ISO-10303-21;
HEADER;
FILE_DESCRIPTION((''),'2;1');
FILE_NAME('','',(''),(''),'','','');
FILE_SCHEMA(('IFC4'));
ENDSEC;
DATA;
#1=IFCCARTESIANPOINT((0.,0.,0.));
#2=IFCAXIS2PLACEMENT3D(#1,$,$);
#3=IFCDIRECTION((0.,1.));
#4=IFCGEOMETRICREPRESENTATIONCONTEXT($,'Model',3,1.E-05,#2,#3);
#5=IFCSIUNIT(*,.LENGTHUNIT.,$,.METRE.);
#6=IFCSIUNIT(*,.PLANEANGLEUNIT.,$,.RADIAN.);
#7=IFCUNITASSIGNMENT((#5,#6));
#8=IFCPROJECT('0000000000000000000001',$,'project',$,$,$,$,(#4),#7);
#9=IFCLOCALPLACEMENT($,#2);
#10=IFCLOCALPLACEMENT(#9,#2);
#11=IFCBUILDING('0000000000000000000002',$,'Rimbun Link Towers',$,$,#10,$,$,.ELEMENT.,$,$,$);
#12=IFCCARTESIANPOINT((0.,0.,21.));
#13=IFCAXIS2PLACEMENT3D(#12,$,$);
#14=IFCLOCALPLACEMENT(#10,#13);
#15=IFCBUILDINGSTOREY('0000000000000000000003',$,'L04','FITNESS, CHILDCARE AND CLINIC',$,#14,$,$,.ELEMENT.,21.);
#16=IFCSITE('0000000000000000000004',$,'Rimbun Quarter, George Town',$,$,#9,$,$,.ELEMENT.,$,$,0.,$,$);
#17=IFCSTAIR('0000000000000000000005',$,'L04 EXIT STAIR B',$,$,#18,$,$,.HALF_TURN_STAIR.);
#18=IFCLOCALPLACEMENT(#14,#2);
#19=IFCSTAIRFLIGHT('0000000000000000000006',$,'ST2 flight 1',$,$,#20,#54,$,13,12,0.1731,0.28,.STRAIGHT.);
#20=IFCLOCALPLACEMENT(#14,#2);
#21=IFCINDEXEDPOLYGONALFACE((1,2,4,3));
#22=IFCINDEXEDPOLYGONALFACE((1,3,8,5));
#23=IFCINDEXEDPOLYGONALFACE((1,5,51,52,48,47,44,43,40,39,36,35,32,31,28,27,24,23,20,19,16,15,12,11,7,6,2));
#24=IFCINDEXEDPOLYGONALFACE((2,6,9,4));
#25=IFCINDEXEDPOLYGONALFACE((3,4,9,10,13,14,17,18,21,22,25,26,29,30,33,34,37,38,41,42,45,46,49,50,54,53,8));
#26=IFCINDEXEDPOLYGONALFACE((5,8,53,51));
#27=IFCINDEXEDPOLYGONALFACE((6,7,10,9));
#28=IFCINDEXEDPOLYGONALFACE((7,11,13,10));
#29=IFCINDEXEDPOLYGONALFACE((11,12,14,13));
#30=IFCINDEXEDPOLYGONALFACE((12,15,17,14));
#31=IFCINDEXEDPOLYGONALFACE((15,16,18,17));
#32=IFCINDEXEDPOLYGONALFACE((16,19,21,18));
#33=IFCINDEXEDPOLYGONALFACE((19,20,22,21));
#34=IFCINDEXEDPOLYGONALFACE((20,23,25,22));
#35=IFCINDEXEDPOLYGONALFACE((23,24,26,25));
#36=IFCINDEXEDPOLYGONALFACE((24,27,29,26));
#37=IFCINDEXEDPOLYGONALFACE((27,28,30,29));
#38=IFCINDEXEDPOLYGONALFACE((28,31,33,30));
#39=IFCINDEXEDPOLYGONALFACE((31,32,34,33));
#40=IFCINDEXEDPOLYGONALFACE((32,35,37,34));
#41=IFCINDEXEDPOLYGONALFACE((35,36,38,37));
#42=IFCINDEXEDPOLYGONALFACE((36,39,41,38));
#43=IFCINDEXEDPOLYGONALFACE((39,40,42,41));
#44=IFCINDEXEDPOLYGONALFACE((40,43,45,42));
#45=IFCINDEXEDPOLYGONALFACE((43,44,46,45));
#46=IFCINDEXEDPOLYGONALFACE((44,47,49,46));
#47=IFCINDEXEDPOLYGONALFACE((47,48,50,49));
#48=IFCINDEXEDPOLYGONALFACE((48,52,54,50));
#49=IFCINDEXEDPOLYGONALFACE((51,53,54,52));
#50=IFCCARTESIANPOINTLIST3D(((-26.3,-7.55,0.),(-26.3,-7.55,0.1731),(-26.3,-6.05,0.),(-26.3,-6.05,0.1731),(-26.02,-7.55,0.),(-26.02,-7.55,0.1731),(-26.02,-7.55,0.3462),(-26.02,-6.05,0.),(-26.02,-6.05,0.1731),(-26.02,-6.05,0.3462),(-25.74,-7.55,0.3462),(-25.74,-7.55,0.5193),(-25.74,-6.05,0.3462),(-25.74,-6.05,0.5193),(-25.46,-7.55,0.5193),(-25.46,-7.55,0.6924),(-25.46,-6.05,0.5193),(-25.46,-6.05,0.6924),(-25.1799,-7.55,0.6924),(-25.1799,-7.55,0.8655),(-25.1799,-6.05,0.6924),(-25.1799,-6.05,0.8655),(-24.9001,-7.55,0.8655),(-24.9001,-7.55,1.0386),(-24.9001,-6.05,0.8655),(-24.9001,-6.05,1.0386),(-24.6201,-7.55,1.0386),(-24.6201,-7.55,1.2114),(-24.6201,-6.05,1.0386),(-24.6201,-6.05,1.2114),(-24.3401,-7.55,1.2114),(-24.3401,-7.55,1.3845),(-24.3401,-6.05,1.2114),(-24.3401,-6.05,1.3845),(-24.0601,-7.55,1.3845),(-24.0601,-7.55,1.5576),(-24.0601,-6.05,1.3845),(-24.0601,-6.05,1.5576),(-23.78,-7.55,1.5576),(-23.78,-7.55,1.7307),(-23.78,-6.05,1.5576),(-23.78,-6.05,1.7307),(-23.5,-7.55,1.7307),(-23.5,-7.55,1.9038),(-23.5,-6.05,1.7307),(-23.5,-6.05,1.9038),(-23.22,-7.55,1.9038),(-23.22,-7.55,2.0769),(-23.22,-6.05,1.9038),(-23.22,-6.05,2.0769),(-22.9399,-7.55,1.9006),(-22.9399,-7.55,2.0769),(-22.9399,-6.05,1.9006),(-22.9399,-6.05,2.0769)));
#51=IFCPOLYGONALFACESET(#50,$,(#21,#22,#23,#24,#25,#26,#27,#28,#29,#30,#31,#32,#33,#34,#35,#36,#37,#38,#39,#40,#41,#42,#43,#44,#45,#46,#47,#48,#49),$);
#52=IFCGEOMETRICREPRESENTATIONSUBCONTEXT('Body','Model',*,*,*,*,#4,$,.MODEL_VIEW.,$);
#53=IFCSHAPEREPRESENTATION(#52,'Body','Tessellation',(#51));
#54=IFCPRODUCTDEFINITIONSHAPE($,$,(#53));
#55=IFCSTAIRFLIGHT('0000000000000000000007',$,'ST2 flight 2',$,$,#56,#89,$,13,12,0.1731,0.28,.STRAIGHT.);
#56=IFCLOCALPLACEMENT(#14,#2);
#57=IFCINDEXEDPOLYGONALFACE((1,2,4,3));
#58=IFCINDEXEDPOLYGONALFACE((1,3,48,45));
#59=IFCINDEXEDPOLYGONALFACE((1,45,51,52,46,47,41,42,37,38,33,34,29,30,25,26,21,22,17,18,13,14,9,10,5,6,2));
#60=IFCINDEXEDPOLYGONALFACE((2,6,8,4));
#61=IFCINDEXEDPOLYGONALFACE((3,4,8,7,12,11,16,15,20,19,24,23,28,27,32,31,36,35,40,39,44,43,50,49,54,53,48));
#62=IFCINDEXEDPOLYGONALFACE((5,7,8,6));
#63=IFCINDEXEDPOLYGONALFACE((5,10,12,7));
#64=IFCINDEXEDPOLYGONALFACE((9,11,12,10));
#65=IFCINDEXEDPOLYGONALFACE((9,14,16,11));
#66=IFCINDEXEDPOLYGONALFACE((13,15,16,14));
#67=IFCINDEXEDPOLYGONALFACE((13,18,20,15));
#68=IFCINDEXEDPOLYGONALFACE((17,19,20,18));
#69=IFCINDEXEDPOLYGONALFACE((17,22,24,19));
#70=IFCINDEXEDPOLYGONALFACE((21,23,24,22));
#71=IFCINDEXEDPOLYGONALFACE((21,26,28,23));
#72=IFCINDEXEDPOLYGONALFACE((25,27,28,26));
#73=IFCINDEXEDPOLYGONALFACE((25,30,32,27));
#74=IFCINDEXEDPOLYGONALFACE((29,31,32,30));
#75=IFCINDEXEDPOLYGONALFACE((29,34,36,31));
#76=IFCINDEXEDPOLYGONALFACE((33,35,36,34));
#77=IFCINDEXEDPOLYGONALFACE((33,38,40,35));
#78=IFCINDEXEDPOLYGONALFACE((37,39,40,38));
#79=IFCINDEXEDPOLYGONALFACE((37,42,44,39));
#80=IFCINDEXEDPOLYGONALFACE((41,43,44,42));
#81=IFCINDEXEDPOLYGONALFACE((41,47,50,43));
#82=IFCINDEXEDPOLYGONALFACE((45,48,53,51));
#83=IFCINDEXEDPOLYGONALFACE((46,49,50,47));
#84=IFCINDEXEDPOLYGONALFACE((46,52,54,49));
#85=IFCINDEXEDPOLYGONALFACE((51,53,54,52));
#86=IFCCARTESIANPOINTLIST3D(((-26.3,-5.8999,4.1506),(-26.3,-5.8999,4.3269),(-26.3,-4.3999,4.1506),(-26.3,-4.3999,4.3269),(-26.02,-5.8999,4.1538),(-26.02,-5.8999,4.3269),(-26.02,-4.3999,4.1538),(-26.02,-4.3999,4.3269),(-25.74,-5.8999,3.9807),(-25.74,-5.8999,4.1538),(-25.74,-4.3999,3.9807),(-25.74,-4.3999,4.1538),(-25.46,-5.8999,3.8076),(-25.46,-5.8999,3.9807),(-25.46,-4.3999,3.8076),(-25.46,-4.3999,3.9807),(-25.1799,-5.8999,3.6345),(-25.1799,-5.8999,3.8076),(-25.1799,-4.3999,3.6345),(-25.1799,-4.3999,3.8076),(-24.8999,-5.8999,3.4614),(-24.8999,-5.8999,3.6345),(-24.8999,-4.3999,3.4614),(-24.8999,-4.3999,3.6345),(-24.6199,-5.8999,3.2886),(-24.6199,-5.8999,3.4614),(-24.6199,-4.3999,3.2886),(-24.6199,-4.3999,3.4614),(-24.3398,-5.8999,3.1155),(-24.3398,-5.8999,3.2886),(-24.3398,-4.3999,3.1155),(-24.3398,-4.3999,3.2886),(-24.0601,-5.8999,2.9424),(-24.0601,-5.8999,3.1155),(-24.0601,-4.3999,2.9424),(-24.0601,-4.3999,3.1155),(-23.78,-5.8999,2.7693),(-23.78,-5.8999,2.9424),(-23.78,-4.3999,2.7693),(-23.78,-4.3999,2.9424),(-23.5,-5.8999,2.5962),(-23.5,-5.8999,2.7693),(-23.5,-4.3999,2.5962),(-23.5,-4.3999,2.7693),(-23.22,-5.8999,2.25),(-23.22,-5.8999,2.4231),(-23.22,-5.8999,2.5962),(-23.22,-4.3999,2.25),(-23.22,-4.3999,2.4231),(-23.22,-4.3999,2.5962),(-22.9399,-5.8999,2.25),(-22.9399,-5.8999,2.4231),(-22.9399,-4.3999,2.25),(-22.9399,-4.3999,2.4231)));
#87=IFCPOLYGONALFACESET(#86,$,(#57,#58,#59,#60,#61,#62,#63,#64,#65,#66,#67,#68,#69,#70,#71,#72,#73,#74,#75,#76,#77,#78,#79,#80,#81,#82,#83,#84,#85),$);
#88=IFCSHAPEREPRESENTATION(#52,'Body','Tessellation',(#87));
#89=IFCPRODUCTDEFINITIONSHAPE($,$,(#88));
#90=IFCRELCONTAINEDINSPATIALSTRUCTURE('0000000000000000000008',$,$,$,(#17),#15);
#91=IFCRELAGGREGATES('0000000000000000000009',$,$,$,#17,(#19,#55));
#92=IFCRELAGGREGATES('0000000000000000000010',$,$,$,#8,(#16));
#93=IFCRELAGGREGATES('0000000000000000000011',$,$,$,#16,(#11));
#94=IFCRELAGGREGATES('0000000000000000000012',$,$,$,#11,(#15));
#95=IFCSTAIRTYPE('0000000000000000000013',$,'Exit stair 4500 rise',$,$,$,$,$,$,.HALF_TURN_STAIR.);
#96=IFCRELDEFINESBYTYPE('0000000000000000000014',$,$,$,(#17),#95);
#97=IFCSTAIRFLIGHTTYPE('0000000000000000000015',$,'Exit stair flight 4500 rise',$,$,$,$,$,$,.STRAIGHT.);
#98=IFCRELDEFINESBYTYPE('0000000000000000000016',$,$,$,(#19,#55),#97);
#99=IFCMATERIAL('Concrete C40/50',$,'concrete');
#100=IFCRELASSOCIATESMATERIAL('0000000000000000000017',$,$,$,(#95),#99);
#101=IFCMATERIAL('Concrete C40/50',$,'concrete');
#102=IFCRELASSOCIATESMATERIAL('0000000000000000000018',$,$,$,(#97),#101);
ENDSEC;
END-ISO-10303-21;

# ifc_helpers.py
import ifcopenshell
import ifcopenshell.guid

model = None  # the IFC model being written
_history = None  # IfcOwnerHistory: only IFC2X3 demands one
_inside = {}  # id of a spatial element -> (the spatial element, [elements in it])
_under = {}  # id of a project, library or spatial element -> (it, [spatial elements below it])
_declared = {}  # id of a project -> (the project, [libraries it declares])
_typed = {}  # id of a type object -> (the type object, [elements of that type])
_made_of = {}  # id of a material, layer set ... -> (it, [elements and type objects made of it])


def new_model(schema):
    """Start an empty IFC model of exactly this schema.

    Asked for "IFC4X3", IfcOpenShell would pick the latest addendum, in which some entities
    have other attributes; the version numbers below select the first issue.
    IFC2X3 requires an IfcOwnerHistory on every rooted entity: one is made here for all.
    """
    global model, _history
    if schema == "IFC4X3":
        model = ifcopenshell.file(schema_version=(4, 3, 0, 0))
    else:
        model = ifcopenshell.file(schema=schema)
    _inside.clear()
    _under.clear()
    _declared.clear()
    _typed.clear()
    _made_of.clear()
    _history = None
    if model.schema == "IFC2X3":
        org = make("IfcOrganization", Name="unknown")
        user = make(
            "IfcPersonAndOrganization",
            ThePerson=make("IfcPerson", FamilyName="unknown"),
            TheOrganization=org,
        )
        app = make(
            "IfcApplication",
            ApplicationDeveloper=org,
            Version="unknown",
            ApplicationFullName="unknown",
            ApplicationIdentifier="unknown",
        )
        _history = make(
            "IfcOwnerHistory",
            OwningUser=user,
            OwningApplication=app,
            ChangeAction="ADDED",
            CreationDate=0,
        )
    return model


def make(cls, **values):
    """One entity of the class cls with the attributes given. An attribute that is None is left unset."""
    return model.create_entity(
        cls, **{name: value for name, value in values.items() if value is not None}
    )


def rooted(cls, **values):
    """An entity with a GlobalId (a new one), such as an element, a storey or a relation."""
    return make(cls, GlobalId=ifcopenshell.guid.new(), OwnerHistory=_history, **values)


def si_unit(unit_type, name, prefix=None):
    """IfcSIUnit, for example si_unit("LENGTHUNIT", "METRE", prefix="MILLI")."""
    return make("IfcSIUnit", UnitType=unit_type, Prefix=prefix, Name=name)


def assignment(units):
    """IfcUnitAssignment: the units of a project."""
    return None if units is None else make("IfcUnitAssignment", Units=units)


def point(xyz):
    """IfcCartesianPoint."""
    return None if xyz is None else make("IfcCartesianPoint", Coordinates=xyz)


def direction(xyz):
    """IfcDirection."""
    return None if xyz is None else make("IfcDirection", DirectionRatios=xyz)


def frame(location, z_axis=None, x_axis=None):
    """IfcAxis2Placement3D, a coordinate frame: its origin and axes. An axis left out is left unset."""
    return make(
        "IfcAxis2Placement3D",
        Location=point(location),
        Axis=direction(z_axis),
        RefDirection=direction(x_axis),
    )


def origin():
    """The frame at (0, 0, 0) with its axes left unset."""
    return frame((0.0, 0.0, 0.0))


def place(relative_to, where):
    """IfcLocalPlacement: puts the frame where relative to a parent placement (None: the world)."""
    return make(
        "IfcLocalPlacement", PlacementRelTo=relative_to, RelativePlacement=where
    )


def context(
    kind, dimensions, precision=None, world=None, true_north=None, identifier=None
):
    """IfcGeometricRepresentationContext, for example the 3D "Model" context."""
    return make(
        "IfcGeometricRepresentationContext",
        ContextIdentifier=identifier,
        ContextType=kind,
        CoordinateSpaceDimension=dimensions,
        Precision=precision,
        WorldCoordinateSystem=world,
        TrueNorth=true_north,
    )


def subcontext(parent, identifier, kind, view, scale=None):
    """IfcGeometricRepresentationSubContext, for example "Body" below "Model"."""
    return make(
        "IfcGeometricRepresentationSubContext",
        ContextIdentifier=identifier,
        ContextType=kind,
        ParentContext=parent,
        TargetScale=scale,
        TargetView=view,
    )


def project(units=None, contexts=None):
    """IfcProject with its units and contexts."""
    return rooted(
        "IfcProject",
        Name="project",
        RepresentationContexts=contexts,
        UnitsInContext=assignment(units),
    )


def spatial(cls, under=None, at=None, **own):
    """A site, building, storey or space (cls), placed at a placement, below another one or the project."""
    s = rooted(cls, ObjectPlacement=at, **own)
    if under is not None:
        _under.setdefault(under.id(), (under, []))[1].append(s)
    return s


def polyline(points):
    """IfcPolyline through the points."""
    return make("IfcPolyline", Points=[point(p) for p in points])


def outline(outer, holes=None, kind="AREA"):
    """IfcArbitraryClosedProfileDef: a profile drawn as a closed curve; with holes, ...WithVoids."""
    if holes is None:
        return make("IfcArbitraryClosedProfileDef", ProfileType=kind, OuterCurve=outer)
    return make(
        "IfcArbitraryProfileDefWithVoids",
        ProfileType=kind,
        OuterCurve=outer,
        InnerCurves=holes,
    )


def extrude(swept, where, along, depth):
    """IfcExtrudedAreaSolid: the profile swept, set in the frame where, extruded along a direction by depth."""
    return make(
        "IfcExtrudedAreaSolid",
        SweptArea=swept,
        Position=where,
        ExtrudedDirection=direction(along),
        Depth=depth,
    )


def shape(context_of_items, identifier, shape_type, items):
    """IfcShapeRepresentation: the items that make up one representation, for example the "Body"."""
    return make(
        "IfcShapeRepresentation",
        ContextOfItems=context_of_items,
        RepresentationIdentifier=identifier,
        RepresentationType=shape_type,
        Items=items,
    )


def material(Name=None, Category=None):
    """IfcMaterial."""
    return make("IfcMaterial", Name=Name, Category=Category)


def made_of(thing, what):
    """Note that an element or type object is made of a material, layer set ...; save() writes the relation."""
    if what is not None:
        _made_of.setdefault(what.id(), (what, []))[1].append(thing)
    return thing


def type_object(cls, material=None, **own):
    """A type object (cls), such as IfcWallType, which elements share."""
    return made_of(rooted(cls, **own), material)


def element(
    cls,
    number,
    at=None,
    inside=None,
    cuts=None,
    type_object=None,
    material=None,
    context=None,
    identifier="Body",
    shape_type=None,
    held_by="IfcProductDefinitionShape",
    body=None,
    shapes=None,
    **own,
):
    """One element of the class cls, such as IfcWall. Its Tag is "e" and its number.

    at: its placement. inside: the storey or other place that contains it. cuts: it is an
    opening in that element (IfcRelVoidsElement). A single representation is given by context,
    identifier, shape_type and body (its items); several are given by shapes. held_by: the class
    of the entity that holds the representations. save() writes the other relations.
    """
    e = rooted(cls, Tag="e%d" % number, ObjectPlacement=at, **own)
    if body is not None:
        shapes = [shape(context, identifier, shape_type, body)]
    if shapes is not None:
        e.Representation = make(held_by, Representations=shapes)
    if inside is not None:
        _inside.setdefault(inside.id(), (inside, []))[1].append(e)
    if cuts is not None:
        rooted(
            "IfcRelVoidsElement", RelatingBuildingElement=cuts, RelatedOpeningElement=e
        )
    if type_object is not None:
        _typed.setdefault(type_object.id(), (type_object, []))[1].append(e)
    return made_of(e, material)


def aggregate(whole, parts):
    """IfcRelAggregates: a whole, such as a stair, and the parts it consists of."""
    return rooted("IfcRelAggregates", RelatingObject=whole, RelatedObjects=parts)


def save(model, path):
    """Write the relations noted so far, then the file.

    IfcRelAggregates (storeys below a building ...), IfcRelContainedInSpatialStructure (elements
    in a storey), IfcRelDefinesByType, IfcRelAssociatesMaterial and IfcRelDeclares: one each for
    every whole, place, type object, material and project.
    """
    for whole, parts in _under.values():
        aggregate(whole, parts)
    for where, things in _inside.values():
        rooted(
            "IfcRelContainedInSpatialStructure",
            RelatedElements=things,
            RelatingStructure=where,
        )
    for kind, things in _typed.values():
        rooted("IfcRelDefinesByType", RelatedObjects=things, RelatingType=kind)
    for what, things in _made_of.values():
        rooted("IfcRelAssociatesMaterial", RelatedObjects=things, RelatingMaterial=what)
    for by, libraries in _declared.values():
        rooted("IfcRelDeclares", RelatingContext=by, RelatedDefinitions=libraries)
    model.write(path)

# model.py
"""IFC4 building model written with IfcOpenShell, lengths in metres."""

from ifc_helpers import new_model, si_unit, direction, frame, origin, place, context, subcontext, project, spatial, polyline, outline, extrude, material, type_object, element, aggregate, save


model = new_model("IFC4")

# Units and contexts
model_context = context("Model", 3, precision=1e-05, world=origin(), true_north=direction((0.0, 1.0)))
body_context = subcontext(model_context, "Body", "Model", "MODEL_VIEW")
ifc_project = project(units=[si_unit("LENGTHUNIT", "METRE"), si_unit("PLANEANGLEUNIT", "RADIAN")], contexts=[model_context])

# Site, building, storey
site_placement = place(None, origin())
site = spatial("IfcSite", under=ifc_project, at=site_placement, Name="Rimbun Quarter, George Town", CompositionType="ELEMENT", RefElevation=0.0)
building_placement = place(site_placement, origin())
building = spatial("IfcBuilding", under=site, at=building_placement, Name="Rimbun Link Towers", CompositionType="ELEMENT")
storey_placement = place(building_placement, frame((0.0, 0.0, 21.0)))
storey = spatial("IfcBuildingStorey", under=building, at=storey_placement, Name="L04", Description="FITNESS, CHILDCARE AND CLINIC", CompositionType="ELEMENT", Elevation=21.0)

# Stair, stair flights
ifc_material_1 = material(Name="Concrete C40/50", Category="concrete")
stair_type = type_object("IfcStairType", Name="Exit stair 4500 rise", PredefinedType="HALF_TURN_STAIR", material=ifc_material_1)
stair_placement = place(storey_placement, origin())
stair = element("IfcStair", 1, at=stair_placement, inside=storey, type_object=stair_type, Name="L04 EXIT STAIR B", PredefinedType="HALF_TURN_STAIR")
ifc_material_2 = material(Name="Concrete C40/50", Category="concrete")
stair_flight_type = type_object("IfcStairFlightType", Name="Exit stair flight 4500 rise", PredefinedType="STRAIGHT", material=ifc_material_2)
stair_flight_1_placement = place(storey_placement, frame((-26.3, -6.8, 0.0), z_axis=(0.0, 0.0, 1.0), x_axis=(1.0, 0.0, 0.0)))
stair_flight_1 = element("IfcStairFlight", 2, at=stair_flight_1_placement, type_object=stair_flight_type, Name="ST2 flight 1", NumberOfRisers=13, NumberOfTreads=12, PredefinedType="STRAIGHT", RiserHeight=0.1731, TreadLength=0.28, context=body_context, shape_type="SweptSolid", body=[
    extrude(outline(polyline([(0.0, 0.0), (0.0, 0.1731), (0.28, 0.1731), (0.28, 0.3462), (0.5601, 0.3462), (0.5601, 0.5193), (0.8401, 0.5193), (0.8401, 0.6924), (1.1201, 0.6924), (1.1201, 0.8655), (1.3999, 0.8655), (1.3999, 1.0386), (1.6799, 1.0386), (1.6799, 1.2114), (1.96, 1.2114), (1.96, 1.3845), (2.24, 1.3845), (2.24, 1.5576), (2.52, 1.5576), (2.52, 1.7307), (2.8, 1.7307), (2.8, 1.9038), (3.0801, 1.9038), (3.0801, 2.0769), (3.3601, 2.0769), (3.3601, 2.25), (3.3601, 1.9006), (0.28, 0.0), (0.0, 0.0)])), frame((0.0, 0.75, 0.0), z_axis=(0.0, -1.0, 0.0), x_axis=(1.0, 0.0, 0.0)), (0.0, 0.0, 1.0), 1.5),
])
stair_flight_2_placement = place(storey_placement, frame((-22.9399, -5.1499, 2.25), z_axis=(0.0, 0.0, 1.0), x_axis=(-1.0, 0.0, 0.0)))
stair_flight_2 = element("IfcStairFlight", 3, at=stair_flight_2_placement, type_object=stair_flight_type, Name="ST2 flight 2", NumberOfRisers=13, NumberOfTreads=12, PredefinedType="STRAIGHT", RiserHeight=0.1731, TreadLength=0.28, context=body_context, shape_type="SweptSolid", body=[
    extrude(outline(polyline([(0.0, 0.0), (0.0, 0.1731), (0.28, 0.1731), (0.28, 0.3462), (0.5601, 0.3462), (0.5601, 0.5193), (0.8401, 0.5193), (0.8401, 0.6924), (1.1201, 0.6924), (1.1201, 0.8655), (1.3999, 0.8655), (1.3999, 1.0386), (1.6799, 1.0386), (1.6799, 1.2114), (1.96, 1.2114), (1.96, 1.3845), (2.24, 1.3845), (2.24, 1.5576), (2.52, 1.5576), (2.52, 1.7307), (2.8, 1.7307), (2.8, 1.9038), (3.0801, 1.9038), (3.0801, 2.0769), (3.3601, 2.0769), (3.3601, 2.25), (3.3601, 1.9006), (0.28, 0.0), (0.0, 0.0)])), frame((0.0, 0.75, 0.0), z_axis=(0.0, -1.0, 0.0), x_axis=(1.0, 0.0, 0.0)), (0.0, 0.0, 1.0), 1.5),
])
aggregate(stair, [stair_flight_1, stair_flight_2])

save(model, "model.ifc")
